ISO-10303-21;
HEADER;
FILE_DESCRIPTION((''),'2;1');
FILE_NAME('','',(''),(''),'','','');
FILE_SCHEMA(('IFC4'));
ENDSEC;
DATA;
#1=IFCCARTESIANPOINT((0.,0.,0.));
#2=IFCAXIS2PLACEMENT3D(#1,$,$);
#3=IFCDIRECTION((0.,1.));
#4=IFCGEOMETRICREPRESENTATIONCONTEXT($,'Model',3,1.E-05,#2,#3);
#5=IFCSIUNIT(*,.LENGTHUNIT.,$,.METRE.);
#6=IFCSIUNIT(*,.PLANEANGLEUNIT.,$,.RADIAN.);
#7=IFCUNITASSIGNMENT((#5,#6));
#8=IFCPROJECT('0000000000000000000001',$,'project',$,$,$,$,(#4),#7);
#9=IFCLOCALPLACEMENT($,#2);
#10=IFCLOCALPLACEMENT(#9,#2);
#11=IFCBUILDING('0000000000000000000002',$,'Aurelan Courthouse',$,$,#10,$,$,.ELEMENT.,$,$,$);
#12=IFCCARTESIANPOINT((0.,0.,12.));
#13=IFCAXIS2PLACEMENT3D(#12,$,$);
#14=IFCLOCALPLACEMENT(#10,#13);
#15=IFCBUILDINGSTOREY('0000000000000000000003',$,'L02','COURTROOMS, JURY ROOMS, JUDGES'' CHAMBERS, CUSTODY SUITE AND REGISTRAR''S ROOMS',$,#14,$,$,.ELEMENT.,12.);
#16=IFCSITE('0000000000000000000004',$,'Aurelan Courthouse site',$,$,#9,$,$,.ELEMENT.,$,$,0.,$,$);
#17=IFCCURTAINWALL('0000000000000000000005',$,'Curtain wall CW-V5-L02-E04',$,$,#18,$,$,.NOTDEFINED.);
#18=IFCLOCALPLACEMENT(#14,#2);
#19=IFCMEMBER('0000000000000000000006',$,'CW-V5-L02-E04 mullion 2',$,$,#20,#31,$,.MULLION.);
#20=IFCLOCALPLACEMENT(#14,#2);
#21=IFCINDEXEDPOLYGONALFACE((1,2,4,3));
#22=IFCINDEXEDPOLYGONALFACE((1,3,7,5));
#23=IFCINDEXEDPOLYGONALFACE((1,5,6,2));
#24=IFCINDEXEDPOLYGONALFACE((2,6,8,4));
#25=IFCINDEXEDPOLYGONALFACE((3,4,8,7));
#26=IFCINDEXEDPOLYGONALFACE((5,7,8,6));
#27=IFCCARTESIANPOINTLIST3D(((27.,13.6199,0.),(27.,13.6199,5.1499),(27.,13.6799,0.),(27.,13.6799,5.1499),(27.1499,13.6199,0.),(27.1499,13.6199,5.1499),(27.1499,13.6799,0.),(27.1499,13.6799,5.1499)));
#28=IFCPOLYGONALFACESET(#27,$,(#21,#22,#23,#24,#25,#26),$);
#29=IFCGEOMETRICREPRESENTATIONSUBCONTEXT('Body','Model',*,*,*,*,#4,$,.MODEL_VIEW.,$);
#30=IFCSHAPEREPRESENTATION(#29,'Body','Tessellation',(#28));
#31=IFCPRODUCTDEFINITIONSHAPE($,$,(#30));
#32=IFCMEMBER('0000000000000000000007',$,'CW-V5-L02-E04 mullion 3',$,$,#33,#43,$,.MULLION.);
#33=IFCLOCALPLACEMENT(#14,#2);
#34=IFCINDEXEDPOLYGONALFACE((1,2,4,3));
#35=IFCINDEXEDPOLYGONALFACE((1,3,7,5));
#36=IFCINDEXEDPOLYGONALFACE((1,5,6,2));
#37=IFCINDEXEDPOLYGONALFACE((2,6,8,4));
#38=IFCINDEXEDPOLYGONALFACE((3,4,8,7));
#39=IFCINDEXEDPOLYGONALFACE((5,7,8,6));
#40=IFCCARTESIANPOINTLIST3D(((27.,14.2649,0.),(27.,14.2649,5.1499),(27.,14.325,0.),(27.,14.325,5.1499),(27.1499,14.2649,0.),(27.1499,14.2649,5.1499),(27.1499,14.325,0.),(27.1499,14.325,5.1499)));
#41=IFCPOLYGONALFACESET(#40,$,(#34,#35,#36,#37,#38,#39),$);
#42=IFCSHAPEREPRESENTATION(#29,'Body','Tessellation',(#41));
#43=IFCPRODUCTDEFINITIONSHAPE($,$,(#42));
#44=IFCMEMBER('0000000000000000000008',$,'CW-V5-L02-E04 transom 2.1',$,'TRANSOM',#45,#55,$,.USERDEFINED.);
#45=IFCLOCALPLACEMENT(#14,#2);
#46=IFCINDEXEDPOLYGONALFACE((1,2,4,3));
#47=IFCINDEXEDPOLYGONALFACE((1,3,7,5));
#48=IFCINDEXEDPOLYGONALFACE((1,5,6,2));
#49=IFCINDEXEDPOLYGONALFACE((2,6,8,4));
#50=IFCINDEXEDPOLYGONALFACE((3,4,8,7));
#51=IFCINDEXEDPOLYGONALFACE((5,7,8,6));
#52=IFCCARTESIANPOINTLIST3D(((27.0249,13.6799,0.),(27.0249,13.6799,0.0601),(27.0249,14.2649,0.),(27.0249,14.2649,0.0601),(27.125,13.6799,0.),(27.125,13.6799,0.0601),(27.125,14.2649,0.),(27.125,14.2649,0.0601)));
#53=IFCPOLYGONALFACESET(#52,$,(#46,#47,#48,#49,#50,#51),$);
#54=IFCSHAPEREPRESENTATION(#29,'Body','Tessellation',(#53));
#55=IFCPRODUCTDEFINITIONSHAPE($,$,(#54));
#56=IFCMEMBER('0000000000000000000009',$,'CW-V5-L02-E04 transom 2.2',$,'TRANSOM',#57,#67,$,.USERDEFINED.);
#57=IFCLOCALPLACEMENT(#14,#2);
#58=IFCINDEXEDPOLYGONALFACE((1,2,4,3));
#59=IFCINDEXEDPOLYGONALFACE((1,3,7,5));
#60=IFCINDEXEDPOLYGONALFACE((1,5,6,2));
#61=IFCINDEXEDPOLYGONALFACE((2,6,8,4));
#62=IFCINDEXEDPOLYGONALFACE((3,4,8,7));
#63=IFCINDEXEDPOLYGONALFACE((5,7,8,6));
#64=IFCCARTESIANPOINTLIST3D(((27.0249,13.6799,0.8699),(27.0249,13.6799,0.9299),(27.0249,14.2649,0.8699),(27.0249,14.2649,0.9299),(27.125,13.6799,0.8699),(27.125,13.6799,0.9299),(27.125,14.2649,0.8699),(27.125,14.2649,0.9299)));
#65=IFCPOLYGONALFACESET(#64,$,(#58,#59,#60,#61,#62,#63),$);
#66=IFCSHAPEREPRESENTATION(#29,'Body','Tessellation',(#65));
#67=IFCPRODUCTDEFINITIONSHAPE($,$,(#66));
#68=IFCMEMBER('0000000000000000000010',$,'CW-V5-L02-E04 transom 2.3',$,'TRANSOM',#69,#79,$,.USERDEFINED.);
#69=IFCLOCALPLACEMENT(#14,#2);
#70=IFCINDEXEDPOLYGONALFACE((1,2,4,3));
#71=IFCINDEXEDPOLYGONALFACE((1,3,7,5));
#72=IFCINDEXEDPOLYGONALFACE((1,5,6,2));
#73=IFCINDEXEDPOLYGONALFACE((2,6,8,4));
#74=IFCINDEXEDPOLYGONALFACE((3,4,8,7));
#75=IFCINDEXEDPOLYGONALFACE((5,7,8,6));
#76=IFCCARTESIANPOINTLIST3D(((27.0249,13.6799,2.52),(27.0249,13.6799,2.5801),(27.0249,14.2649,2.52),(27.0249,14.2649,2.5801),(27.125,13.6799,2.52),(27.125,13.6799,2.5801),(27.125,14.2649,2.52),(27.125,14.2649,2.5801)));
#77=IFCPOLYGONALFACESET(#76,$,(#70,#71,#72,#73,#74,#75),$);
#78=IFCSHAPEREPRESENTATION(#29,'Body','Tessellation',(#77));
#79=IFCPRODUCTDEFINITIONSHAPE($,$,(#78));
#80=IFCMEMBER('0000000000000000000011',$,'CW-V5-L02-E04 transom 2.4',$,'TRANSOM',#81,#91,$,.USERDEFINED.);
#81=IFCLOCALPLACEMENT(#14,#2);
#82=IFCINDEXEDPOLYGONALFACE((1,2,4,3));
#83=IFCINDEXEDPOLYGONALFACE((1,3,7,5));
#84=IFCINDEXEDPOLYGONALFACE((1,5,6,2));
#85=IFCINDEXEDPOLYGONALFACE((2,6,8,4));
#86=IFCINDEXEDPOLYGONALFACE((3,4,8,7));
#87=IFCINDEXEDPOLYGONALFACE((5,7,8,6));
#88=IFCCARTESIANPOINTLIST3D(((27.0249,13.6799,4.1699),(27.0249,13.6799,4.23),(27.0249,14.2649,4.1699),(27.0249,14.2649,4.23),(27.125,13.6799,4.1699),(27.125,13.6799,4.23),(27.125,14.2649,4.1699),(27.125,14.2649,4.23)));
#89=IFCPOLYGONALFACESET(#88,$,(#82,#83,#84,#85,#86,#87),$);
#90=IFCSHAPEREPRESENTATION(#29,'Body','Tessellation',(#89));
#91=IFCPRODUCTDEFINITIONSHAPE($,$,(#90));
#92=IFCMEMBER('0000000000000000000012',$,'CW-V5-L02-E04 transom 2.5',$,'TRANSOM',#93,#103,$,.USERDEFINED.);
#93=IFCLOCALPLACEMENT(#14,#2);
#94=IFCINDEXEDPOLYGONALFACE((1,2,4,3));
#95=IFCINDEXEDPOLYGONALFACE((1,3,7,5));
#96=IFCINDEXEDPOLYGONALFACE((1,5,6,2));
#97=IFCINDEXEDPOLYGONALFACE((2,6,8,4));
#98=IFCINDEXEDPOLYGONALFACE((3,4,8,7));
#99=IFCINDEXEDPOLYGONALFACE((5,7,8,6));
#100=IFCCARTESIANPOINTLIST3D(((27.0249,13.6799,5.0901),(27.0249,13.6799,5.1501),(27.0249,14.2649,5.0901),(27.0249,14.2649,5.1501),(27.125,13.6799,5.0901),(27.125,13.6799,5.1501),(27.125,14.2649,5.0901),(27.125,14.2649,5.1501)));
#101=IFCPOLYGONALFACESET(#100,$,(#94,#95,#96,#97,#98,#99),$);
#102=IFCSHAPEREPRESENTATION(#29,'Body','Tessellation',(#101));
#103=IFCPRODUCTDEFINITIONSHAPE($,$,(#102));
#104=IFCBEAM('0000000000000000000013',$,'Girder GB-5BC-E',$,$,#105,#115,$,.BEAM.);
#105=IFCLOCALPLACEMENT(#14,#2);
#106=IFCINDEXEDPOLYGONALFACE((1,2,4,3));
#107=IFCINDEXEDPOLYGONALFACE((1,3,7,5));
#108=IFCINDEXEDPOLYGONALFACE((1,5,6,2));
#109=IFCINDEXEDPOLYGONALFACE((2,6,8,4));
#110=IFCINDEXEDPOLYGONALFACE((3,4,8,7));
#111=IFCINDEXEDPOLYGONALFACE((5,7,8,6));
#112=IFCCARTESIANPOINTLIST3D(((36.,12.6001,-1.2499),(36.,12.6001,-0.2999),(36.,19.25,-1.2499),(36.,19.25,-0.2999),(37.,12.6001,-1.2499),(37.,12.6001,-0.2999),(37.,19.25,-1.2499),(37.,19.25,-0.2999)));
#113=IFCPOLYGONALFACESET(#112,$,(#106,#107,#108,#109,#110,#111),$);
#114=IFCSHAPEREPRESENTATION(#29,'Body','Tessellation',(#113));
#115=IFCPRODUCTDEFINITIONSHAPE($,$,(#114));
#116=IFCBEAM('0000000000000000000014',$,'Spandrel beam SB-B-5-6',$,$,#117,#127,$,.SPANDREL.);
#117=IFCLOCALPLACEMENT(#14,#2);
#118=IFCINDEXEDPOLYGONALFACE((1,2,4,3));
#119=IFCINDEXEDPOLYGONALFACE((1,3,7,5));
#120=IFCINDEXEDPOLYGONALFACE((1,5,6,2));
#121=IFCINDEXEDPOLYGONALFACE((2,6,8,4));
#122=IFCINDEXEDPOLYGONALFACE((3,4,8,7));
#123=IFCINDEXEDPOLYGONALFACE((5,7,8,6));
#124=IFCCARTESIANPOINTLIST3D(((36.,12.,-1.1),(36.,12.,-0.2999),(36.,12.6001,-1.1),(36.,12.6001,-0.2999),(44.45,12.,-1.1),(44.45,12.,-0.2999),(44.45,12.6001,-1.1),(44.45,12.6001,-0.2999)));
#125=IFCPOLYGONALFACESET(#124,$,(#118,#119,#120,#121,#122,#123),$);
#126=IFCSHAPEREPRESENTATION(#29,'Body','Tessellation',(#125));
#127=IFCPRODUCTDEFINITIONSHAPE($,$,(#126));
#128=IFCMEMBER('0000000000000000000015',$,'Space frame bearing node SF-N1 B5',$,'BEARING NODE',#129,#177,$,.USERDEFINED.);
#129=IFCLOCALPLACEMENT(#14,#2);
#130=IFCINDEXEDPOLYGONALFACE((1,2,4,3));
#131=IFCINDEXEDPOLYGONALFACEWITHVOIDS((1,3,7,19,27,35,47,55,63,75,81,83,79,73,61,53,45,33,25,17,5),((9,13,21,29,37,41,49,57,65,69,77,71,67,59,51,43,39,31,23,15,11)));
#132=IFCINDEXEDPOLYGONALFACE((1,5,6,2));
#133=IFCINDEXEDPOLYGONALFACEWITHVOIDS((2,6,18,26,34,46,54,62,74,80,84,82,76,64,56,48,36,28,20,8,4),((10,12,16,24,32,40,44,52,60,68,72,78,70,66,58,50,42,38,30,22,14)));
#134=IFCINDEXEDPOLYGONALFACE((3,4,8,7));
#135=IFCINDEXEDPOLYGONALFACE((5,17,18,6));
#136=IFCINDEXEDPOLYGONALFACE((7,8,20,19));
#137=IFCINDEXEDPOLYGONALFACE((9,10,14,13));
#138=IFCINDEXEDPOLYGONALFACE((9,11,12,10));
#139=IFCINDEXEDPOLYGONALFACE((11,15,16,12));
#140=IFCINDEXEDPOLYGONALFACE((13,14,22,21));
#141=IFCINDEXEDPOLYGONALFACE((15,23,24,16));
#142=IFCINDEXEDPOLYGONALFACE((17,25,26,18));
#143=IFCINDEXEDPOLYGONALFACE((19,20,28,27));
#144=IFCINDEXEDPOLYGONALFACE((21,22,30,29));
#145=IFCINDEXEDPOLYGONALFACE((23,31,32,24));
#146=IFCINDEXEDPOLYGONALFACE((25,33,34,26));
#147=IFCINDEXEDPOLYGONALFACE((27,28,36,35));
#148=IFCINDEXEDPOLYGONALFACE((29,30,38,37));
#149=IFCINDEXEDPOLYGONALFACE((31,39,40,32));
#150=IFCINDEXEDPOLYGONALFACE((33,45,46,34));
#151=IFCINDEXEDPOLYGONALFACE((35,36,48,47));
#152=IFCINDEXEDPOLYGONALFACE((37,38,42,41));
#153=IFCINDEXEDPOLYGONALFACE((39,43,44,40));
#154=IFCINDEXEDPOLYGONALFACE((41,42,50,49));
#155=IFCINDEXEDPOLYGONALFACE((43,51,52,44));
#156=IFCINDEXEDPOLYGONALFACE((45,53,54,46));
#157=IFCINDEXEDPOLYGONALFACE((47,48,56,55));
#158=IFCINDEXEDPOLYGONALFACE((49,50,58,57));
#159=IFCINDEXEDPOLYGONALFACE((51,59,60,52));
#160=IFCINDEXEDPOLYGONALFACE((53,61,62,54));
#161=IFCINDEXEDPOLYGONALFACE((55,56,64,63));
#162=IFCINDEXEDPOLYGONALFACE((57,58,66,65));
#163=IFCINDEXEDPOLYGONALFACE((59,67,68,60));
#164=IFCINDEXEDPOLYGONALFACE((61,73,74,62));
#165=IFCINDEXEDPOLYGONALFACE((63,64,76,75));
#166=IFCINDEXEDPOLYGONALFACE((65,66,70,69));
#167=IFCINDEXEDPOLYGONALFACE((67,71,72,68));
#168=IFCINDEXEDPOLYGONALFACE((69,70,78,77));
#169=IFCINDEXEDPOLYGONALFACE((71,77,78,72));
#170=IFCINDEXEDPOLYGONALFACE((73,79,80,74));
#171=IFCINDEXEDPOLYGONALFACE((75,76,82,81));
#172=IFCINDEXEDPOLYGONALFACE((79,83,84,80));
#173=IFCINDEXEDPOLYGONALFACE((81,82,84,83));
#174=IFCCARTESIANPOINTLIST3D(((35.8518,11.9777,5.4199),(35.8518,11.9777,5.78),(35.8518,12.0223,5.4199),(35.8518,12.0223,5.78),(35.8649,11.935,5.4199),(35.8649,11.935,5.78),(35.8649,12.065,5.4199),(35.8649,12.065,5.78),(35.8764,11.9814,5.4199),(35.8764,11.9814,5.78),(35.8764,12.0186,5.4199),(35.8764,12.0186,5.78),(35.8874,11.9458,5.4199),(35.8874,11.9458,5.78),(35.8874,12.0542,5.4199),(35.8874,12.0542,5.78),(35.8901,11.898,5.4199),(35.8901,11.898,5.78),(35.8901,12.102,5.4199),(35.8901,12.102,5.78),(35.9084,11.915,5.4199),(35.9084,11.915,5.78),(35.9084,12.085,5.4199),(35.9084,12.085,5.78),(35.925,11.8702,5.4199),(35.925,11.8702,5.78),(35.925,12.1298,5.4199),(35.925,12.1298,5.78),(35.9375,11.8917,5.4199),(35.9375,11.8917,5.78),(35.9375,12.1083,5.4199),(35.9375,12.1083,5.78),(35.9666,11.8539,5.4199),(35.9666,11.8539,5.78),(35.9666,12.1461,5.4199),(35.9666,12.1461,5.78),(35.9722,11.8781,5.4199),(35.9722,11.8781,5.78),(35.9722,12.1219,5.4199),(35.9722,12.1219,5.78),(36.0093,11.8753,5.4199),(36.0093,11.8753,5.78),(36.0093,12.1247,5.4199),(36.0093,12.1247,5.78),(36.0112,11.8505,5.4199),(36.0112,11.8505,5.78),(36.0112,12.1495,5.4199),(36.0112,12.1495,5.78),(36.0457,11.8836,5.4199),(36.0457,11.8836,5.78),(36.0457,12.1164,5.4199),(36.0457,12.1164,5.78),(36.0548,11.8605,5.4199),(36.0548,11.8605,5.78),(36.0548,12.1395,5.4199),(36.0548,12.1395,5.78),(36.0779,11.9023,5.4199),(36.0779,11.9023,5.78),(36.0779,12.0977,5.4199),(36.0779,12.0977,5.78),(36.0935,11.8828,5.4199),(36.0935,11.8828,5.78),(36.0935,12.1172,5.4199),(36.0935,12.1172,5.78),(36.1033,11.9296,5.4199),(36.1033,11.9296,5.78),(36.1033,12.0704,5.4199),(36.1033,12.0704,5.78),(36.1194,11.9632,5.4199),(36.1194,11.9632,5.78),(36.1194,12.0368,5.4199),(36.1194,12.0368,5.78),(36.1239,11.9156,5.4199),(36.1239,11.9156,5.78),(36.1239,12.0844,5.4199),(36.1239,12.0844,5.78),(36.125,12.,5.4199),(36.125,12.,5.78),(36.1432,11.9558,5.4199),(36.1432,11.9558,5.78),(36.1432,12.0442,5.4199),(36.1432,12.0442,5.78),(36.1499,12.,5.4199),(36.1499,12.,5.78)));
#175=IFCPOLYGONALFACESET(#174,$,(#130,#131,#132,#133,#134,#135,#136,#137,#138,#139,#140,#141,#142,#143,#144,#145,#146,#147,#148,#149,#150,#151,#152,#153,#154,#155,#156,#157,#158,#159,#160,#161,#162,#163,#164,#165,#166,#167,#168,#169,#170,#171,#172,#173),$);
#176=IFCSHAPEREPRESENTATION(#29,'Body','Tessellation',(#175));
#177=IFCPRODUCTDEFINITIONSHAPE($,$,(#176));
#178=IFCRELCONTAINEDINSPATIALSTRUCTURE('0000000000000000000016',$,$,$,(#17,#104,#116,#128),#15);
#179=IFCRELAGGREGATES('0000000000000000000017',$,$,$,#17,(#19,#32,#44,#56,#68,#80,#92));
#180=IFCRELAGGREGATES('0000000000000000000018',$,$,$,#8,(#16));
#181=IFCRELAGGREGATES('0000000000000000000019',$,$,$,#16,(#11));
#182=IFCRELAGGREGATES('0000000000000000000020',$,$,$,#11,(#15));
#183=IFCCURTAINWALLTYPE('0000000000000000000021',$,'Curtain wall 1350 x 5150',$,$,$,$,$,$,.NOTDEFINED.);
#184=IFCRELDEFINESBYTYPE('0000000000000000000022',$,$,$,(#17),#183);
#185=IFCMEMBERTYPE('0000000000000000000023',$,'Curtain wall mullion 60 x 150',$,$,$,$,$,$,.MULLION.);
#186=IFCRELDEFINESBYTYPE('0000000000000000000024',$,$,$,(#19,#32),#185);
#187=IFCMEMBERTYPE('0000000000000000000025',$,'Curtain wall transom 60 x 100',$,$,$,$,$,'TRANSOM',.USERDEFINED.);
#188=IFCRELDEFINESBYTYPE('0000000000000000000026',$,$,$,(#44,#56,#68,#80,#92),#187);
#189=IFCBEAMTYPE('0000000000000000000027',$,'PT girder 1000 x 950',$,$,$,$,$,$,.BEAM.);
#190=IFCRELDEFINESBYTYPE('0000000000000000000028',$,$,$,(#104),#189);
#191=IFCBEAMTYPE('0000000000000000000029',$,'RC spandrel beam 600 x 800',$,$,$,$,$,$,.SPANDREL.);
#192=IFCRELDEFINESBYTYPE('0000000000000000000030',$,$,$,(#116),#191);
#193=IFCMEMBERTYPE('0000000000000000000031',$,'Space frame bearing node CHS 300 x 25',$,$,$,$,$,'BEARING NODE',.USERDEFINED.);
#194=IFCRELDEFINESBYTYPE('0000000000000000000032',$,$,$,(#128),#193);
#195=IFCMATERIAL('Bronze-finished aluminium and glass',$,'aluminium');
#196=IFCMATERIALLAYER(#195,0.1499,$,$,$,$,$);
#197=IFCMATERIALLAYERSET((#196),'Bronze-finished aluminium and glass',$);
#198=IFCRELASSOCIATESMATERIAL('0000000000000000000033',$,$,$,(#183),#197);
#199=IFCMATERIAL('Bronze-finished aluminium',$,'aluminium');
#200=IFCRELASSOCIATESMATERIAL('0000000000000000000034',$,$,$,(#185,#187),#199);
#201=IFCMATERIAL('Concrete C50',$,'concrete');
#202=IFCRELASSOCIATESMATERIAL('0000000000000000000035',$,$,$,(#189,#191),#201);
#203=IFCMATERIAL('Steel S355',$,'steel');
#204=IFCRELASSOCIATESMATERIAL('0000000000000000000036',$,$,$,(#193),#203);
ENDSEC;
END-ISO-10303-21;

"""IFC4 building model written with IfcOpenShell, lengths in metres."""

from ifc_helpers import new_model, si_unit, direction, frame, origin, origin_2d, place, context, subcontext, project, spatial, rectangle, hollow_circle, extrude, material, layer, layer_set, material_profile, profile_set, type_object, element, aggregate, save


model = new_model("IFC4")

# Units and contexts
model_context = context("Model", 3, precision=1e-05, world=origin(), true_north=direction((0.0, 1.0)))
body_context = subcontext(model_context, "Body", "Model", "MODEL_VIEW")
ifc_project = project(units=[si_unit("LENGTHUNIT", "METRE"), si_unit("PLANEANGLEUNIT", "RADIAN")], contexts=[model_context])

# Site, building, storey
site_placement = place(None, origin())
site = spatial("IfcSite", under=ifc_project, at=site_placement, Name="Aurelan Courthouse site", CompositionType="ELEMENT", RefElevation=0.0)
building_placement = place(site_placement, origin())
building = spatial("IfcBuilding", under=site, at=building_placement, Name="Aurelan Courthouse", CompositionType="ELEMENT")
storey_placement = place(building_placement, frame((0.0, 0.0, 12.0)))
storey = spatial("IfcBuildingStorey", under=building, at=storey_placement, Name="L02", Description="COURTROOMS, JURY ROOMS, JUDGES' CHAMBERS, CUSTODY SUITE AND REGISTRAR'S ROOMS", CompositionType="ELEMENT", Elevation=12.0)

# Curtain wall, members
ifc_material_1 = material(Name="Bronze-finished aluminium and glass", Category="aluminium")
ifc_layer_1 = layer(ifc_material_1, 0.1499)
ifc_layer_set_1 = layer_set([ifc_layer_1], Name="Bronze-finished aluminium and glass")
curtain_wall_type = type_object("IfcCurtainWallType", Name="Curtain wall 1350 x 5150", PredefinedType="NOTDEFINED", material=ifc_layer_set_1)
curtain_wall_placement = place(storey_placement, origin())
curtain_wall = element("IfcCurtainWall", 1, at=curtain_wall_placement, inside=storey, type_object=curtain_wall_type, Name="Curtain wall CW-V5-L02-E04", PredefinedType="NOTDEFINED")
ifc_material_2 = material(Name="Bronze-finished aluminium", Category="aluminium")
ifc_material_profile_1 = material_profile(ifc_material_2, rectangle(XDim=0.1499, YDim=0.0601, at=origin_2d()), Name="Bronze mullion 60 x 150")
ifc_profile_set_1 = profile_set([ifc_material_profile_1], Name="Bronze-finished aluminium")
member_type_1 = type_object("IfcMemberType", Name="Curtain wall mullion 60 x 150", PredefinedType="MULLION", material=ifc_profile_set_1)
member_1_placement = place(storey_placement, frame((27.075, 13.6499, 0.0), z_axis=(0.0, 0.0, 1.0), x_axis=(-1.0, 0.0, 0.0)))
member_1 = element("IfcMember", 2, at=member_1_placement, type_object=member_type_1, Name="CW-V5-L02-E04 mullion 2", PredefinedType="MULLION", context=body_context, shape_type="SweptSolid", body=[
    extrude(rectangle(XDim=0.1499, YDim=0.0601, at=origin_2d()), origin(), (0.0, 0.0, 1.0), 5.1499),
])
member_2_placement = place(storey_placement, frame((27.075, 14.2949, 0.0), z_axis=(0.0, 0.0, 1.0), x_axis=(-1.0, 0.0, 0.0)))
member_2 = element("IfcMember", 3, at=member_2_placement, type_object=member_type_1, Name="CW-V5-L02-E04 mullion 3", PredefinedType="MULLION", context=body_context, shape_type="SweptSolid", body=[
    extrude(rectangle(XDim=0.1499, YDim=0.0601, at=origin_2d()), origin(), (0.0, 0.0, 1.0), 5.1499),
])
ifc_material_profile_2 = material_profile(ifc_material_2, rectangle(XDim=0.1001, YDim=0.0601, at=origin_2d()), Name="Bronze transom 60 x 100")
ifc_profile_set_2 = profile_set([ifc_material_profile_2], Name="Bronze-finished aluminium")
member_type_2 = type_object("IfcMemberType", Name="Curtain wall transom 60 x 100", ElementType="TRANSOM", PredefinedType="USERDEFINED", material=ifc_profile_set_2)
member_3_placement = place(storey_placement, frame((27.075, 13.6799, 0.03), z_axis=(0.0, 1.0, 0.0), x_axis=(-1.0, 0.0, 0.0)))
member_3 = element("IfcMember", 4, at=member_3_placement, type_object=member_type_2, Name="CW-V5-L02-E04 transom 2.1", ObjectType="TRANSOM", PredefinedType="USERDEFINED", context=body_context, shape_type="SweptSolid", body=[
    extrude(rectangle(XDim=0.1001, YDim=0.0601, at=origin_2d()), origin(), (0.0, 0.0, 1.0), 0.585),
])
member_4_placement = place(storey_placement, frame((27.075, 13.6799, 0.8999), z_axis=(0.0, 1.0, 0.0), x_axis=(-1.0, 0.0, 0.0)))
member_4 = element("IfcMember", 5, at=member_4_placement, type_object=member_type_2, Name="CW-V5-L02-E04 transom 2.2", ObjectType="TRANSOM", PredefinedType="USERDEFINED", context=body_context, shape_type="SweptSolid", body=[
    extrude(rectangle(XDim=0.1001, YDim=0.0601, at=origin_2d()), origin(), (0.0, 0.0, 1.0), 0.585),
])
member_5_placement = place(storey_placement, frame((27.075, 13.6799, 2.55), z_axis=(0.0, 1.0, 0.0), x_axis=(-1.0, 0.0, 0.0)))
member_5 = element("IfcMember", 6, at=member_5_placement, type_object=member_type_2, Name="CW-V5-L02-E04 transom 2.3", ObjectType="TRANSOM", PredefinedType="USERDEFINED", context=body_context, shape_type="SweptSolid", body=[
    extrude(rectangle(XDim=0.1001, YDim=0.0601, at=origin_2d()), origin(), (0.0, 0.0, 1.0), 0.585),
])
member_6_placement = place(storey_placement, frame((27.075, 13.6799, 4.2), z_axis=(0.0, 1.0, 0.0), x_axis=(-1.0, 0.0, 0.0)))
member_6 = element("IfcMember", 7, at=member_6_placement, type_object=member_type_2, Name="CW-V5-L02-E04 transom 2.4", ObjectType="TRANSOM", PredefinedType="USERDEFINED", context=body_context, shape_type="SweptSolid", body=[
    extrude(rectangle(XDim=0.1001, YDim=0.0601, at=origin_2d()), origin(), (0.0, 0.0, 1.0), 0.585),
])
member_7_placement = place(storey_placement, frame((27.075, 13.6799, 5.1201), z_axis=(0.0, 1.0, 0.0), x_axis=(-1.0, 0.0, 0.0)))
member_7 = element("IfcMember", 8, at=member_7_placement, type_object=member_type_2, Name="CW-V5-L02-E04 transom 2.5", ObjectType="TRANSOM", PredefinedType="USERDEFINED", context=body_context, shape_type="SweptSolid", body=[
    extrude(rectangle(XDim=0.1001, YDim=0.0601, at=origin_2d()), origin(), (0.0, 0.0, 1.0), 0.585),
])

# Beams
ifc_material_3 = material(Name="Concrete C50", Category="concrete")
ifc_material_profile_3 = material_profile(ifc_material_3, rectangle(XDim=1.0, YDim=0.95, at=origin_2d()), Name="RC 1000 x 950")
ifc_profile_set_3 = profile_set([ifc_material_profile_3], Name="Concrete C50")
beam_type_1 = type_object("IfcBeamType", Name="PT girder 1000 x 950", PredefinedType="BEAM", material=ifc_profile_set_3)
beam_1_placement = place(storey_placement, frame((36.5, 12.6001, -0.7749), z_axis=(0.0, 1.0, 0.0), x_axis=(-1.0, 0.0, 0.0)))
element("IfcBeam", 9, at=beam_1_placement, inside=storey, type_object=beam_type_1, Name="Girder GB-5BC-E", PredefinedType="BEAM", context=body_context, shape_type="SweptSolid", body=[
    extrude(rectangle(XDim=1.0, YDim=0.95, at=origin_2d()), origin(), (0.0, 0.0, 1.0), 6.6499),
])
ifc_material_profile_4 = material_profile(ifc_material_3, rectangle(XDim=0.6001, YDim=0.8, at=origin_2d()), Name="RC 600 x 800")
ifc_profile_set_4 = profile_set([ifc_material_profile_4], Name="Concrete C50")
beam_type_2 = type_object("IfcBeamType", Name="RC spandrel beam 600 x 800", PredefinedType="SPANDREL", material=ifc_profile_set_4)
beam_2_placement = place(storey_placement, frame((36.0, 12.3, -0.7), z_axis=(1.0, 0.0, 0.0), x_axis=(0.0, 1.0, 0.0)))
element("IfcBeam", 10, at=beam_2_placement, inside=storey, type_object=beam_type_2, Name="Spandrel beam SB-B-5-6", PredefinedType="SPANDREL", context=body_context, shape_type="SweptSolid", body=[
    extrude(rectangle(XDim=0.6001, YDim=0.8, at=origin_2d()), origin(), (0.0, 0.0, 1.0), 8.45),
])

# Member
ifc_material_4 = material(Name="Steel S355", Category="steel")
ifc_material_profile_5 = material_profile(ifc_material_4, hollow_circle(Radius=0.1499, WallThickness=0.0249, at=origin_2d()), Name="CHS 300 x 25")
ifc_profile_set_5 = profile_set([ifc_material_profile_5], Name="Steel S355")
member_type_3 = type_object("IfcMemberType", Name="Space frame bearing node CHS 300 x 25", ElementType="BEARING NODE", PredefinedType="USERDEFINED", material=ifc_profile_set_5)
member_8_placement = place(storey_placement, frame((36.0, 12.0, 5.4199), z_axis=(0.0, 0.0, 1.0), x_axis=(1.0, 0.0, 0.0)))
element("IfcMember", 11, at=member_8_placement, inside=storey, type_object=member_type_3, Name="Space frame bearing node SF-N1 B5", ObjectType="BEARING NODE", PredefinedType="USERDEFINED", context=body_context, shape_type="SweptSolid", body=[
    extrude(hollow_circle(Radius=0.1499, WallThickness=0.0249, at=origin_2d()), origin(), (0.0, 0.0, 1.0), 0.3601),
])

aggregate(curtain_wall, [member_1, member_2, member_3, member_4, member_5, member_6, member_7])

save(model, "model.ifc")
